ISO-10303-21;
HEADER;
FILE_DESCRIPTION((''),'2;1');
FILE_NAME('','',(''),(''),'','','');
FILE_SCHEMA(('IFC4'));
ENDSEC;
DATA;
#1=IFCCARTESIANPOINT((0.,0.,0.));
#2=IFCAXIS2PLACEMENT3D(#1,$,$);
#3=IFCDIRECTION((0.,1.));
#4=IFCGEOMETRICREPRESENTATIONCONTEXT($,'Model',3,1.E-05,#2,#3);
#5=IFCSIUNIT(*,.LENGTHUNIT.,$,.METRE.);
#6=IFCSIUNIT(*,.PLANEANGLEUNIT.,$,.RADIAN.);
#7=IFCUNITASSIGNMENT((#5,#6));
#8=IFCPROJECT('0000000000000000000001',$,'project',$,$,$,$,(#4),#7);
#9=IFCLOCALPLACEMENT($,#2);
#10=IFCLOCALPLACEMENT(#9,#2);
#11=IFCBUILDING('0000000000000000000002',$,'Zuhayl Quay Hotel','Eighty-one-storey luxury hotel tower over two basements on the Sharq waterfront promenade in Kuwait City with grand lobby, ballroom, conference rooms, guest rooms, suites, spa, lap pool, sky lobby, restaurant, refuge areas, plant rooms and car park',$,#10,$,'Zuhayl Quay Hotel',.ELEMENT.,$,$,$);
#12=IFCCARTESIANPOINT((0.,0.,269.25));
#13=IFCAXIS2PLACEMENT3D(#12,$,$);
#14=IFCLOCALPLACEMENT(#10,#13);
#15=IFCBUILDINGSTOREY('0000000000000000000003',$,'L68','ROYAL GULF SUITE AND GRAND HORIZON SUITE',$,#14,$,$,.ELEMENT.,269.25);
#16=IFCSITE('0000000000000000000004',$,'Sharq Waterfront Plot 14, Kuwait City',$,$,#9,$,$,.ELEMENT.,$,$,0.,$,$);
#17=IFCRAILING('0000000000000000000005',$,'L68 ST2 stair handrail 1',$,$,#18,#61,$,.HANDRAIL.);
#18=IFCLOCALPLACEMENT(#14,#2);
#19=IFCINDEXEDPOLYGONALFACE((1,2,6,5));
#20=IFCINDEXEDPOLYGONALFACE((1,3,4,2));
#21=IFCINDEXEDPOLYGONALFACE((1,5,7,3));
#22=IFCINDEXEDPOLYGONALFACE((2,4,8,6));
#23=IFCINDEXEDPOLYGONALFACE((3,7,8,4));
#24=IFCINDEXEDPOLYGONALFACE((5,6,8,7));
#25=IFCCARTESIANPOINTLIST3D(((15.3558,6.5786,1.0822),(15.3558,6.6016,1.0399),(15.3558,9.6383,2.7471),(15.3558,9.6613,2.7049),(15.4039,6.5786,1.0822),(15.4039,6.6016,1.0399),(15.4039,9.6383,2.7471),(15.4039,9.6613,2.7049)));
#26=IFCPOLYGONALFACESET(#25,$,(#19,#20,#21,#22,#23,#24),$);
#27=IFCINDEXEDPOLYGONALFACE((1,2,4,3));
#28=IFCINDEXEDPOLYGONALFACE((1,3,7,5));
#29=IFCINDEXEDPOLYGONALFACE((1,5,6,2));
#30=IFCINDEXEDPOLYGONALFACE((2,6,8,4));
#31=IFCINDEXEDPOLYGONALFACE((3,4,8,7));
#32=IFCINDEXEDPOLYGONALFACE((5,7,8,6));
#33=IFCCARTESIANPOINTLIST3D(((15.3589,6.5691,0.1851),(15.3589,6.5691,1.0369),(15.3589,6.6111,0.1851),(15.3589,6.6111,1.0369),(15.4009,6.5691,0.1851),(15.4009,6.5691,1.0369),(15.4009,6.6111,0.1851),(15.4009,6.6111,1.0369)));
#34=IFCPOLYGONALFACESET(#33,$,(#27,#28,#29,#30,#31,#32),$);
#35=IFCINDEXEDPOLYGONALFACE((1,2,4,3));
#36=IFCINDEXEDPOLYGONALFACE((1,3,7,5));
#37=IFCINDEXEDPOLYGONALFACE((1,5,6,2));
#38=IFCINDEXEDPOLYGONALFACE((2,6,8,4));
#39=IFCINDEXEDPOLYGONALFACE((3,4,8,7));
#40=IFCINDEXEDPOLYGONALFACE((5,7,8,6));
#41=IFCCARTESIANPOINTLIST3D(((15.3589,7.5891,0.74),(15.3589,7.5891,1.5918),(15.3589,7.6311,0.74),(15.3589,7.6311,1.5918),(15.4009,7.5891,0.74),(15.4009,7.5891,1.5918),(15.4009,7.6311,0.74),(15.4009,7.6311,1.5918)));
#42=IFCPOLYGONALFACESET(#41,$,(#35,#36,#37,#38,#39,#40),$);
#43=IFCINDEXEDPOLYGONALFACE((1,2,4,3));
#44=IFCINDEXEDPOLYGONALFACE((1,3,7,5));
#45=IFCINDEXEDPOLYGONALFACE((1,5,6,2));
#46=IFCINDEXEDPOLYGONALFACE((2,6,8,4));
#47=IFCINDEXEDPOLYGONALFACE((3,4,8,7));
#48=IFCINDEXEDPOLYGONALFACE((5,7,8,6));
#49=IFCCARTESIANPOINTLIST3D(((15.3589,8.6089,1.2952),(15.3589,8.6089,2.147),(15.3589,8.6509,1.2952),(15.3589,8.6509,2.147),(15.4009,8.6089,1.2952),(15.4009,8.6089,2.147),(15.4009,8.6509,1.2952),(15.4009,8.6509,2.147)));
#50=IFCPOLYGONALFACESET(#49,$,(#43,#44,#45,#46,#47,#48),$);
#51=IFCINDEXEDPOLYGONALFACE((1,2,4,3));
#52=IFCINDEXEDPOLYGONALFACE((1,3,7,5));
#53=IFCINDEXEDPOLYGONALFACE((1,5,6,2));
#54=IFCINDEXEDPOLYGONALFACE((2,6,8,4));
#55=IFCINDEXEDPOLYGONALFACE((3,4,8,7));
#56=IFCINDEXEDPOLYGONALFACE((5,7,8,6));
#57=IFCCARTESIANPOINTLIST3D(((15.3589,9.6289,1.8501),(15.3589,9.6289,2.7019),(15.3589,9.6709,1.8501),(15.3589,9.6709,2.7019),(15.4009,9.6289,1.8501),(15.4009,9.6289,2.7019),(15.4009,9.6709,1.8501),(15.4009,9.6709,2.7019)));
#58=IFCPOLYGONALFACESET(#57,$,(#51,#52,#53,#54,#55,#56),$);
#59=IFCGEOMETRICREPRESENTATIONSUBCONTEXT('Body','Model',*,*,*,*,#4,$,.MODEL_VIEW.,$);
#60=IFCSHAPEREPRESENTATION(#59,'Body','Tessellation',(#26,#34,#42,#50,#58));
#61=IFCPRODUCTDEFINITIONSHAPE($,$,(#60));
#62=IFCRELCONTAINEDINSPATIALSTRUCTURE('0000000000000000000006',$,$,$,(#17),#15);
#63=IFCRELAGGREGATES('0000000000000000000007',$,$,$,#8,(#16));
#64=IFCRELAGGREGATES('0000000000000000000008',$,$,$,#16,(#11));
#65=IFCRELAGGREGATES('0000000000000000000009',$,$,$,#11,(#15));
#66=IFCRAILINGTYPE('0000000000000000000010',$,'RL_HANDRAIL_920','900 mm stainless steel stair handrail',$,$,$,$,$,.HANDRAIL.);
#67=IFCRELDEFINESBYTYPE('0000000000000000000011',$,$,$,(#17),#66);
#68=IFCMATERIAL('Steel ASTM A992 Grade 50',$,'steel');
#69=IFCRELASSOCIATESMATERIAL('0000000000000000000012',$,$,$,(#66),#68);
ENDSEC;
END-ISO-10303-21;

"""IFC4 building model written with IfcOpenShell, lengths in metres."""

from ifc_helpers import new_model, si_unit, direction, frame, origin, origin_2d, place, context, subcontext, project, spatial, rectangle, extrude, material, type_object, element, save


model = new_model("IFC4")

# Units and contexts
model_context = context("Model", 3, precision=1e-05, world=origin(), true_north=direction((0.0, 1.0)))
body_context = subcontext(model_context, "Body", "Model", "MODEL_VIEW")
ifc_project = project(units=[si_unit("LENGTHUNIT", "METRE"), si_unit("PLANEANGLEUNIT", "RADIAN")], contexts=[model_context])

# Site, building, storey
site_placement = place(None, origin())
site = spatial("IfcSite", under=ifc_project, at=site_placement, Name="Sharq Waterfront Plot 14, Kuwait City", CompositionType="ELEMENT", RefElevation=0.0)
building_placement = place(site_placement, origin())
building = spatial("IfcBuilding", under=site, at=building_placement, Name="Zuhayl Quay Hotel", Description="Eighty-one-storey luxury hotel tower over two basements on the Sharq waterfront promenade in Kuwait City with grand lobby, ballroom, conference rooms, guest rooms, suites, spa, lap pool, sky lobby, restaurant, refuge areas, plant rooms and car park", LongName="Zuhayl Quay Hotel", CompositionType="ELEMENT")
storey_placement = place(building_placement, frame((0.0, 0.0, 269.25)))
storey = spatial("IfcBuildingStorey", under=building, at=storey_placement, Name="L68", Description="ROYAL GULF SUITE AND GRAND HORIZON SUITE", CompositionType="ELEMENT", Elevation=269.25)

# Shared definitions
ifc_material_1 = material(Name="Steel ASTM A992 Grade 50", Category="steel")

# Railing
railing_type_1 = type_object("IfcRailingType", Name="RL_HANDRAIL_920", Description="900 mm stainless steel stair handrail", PredefinedType="HANDRAIL", material=ifc_material_1)
railing_1_placement = place(storey_placement, frame((15.3799, 6.5901, 0.1851)))
element("IfcRailing", 1, at=railing_1_placement, inside=storey, type_object=railing_type_1, Name="L68 ST2 stair handrail 1", PredefinedType="HANDRAIL", context=body_context, shape_type="SweptSolid", body=[
    extrude(rectangle(XDim=0.0481, YDim=0.0481, at=origin_2d()), frame((0.0, 0.0, 0.876), z_axis=(0.0, 0.878372, 0.477978), x_axis=(-1.0, 0.0, 0.0)), (0.0, 0.0, 1.0), 3.4834),
    extrude(rectangle(XDim=0.042, YDim=0.042, at=origin_2d()), origin(), (0.0, 0.0, 1.0), 0.8518),
    extrude(rectangle(XDim=0.042, YDim=0.042, at=origin_2d()), frame((0.0, 1.02, 0.5549)), (0.0, 0.0, 1.0), 0.8518),
    extrude(rectangle(XDim=0.042, YDim=0.042, at=origin_2d()), frame((0.0, 2.0398, 1.1101)), (0.0, 0.0, 1.0), 0.8518),
    extrude(rectangle(XDim=0.042, YDim=0.042, at=origin_2d()), frame((0.0, 3.0598, 1.665)), (0.0, 0.0, 1.0), 0.8518),
])

save(model, "model.ifc")
